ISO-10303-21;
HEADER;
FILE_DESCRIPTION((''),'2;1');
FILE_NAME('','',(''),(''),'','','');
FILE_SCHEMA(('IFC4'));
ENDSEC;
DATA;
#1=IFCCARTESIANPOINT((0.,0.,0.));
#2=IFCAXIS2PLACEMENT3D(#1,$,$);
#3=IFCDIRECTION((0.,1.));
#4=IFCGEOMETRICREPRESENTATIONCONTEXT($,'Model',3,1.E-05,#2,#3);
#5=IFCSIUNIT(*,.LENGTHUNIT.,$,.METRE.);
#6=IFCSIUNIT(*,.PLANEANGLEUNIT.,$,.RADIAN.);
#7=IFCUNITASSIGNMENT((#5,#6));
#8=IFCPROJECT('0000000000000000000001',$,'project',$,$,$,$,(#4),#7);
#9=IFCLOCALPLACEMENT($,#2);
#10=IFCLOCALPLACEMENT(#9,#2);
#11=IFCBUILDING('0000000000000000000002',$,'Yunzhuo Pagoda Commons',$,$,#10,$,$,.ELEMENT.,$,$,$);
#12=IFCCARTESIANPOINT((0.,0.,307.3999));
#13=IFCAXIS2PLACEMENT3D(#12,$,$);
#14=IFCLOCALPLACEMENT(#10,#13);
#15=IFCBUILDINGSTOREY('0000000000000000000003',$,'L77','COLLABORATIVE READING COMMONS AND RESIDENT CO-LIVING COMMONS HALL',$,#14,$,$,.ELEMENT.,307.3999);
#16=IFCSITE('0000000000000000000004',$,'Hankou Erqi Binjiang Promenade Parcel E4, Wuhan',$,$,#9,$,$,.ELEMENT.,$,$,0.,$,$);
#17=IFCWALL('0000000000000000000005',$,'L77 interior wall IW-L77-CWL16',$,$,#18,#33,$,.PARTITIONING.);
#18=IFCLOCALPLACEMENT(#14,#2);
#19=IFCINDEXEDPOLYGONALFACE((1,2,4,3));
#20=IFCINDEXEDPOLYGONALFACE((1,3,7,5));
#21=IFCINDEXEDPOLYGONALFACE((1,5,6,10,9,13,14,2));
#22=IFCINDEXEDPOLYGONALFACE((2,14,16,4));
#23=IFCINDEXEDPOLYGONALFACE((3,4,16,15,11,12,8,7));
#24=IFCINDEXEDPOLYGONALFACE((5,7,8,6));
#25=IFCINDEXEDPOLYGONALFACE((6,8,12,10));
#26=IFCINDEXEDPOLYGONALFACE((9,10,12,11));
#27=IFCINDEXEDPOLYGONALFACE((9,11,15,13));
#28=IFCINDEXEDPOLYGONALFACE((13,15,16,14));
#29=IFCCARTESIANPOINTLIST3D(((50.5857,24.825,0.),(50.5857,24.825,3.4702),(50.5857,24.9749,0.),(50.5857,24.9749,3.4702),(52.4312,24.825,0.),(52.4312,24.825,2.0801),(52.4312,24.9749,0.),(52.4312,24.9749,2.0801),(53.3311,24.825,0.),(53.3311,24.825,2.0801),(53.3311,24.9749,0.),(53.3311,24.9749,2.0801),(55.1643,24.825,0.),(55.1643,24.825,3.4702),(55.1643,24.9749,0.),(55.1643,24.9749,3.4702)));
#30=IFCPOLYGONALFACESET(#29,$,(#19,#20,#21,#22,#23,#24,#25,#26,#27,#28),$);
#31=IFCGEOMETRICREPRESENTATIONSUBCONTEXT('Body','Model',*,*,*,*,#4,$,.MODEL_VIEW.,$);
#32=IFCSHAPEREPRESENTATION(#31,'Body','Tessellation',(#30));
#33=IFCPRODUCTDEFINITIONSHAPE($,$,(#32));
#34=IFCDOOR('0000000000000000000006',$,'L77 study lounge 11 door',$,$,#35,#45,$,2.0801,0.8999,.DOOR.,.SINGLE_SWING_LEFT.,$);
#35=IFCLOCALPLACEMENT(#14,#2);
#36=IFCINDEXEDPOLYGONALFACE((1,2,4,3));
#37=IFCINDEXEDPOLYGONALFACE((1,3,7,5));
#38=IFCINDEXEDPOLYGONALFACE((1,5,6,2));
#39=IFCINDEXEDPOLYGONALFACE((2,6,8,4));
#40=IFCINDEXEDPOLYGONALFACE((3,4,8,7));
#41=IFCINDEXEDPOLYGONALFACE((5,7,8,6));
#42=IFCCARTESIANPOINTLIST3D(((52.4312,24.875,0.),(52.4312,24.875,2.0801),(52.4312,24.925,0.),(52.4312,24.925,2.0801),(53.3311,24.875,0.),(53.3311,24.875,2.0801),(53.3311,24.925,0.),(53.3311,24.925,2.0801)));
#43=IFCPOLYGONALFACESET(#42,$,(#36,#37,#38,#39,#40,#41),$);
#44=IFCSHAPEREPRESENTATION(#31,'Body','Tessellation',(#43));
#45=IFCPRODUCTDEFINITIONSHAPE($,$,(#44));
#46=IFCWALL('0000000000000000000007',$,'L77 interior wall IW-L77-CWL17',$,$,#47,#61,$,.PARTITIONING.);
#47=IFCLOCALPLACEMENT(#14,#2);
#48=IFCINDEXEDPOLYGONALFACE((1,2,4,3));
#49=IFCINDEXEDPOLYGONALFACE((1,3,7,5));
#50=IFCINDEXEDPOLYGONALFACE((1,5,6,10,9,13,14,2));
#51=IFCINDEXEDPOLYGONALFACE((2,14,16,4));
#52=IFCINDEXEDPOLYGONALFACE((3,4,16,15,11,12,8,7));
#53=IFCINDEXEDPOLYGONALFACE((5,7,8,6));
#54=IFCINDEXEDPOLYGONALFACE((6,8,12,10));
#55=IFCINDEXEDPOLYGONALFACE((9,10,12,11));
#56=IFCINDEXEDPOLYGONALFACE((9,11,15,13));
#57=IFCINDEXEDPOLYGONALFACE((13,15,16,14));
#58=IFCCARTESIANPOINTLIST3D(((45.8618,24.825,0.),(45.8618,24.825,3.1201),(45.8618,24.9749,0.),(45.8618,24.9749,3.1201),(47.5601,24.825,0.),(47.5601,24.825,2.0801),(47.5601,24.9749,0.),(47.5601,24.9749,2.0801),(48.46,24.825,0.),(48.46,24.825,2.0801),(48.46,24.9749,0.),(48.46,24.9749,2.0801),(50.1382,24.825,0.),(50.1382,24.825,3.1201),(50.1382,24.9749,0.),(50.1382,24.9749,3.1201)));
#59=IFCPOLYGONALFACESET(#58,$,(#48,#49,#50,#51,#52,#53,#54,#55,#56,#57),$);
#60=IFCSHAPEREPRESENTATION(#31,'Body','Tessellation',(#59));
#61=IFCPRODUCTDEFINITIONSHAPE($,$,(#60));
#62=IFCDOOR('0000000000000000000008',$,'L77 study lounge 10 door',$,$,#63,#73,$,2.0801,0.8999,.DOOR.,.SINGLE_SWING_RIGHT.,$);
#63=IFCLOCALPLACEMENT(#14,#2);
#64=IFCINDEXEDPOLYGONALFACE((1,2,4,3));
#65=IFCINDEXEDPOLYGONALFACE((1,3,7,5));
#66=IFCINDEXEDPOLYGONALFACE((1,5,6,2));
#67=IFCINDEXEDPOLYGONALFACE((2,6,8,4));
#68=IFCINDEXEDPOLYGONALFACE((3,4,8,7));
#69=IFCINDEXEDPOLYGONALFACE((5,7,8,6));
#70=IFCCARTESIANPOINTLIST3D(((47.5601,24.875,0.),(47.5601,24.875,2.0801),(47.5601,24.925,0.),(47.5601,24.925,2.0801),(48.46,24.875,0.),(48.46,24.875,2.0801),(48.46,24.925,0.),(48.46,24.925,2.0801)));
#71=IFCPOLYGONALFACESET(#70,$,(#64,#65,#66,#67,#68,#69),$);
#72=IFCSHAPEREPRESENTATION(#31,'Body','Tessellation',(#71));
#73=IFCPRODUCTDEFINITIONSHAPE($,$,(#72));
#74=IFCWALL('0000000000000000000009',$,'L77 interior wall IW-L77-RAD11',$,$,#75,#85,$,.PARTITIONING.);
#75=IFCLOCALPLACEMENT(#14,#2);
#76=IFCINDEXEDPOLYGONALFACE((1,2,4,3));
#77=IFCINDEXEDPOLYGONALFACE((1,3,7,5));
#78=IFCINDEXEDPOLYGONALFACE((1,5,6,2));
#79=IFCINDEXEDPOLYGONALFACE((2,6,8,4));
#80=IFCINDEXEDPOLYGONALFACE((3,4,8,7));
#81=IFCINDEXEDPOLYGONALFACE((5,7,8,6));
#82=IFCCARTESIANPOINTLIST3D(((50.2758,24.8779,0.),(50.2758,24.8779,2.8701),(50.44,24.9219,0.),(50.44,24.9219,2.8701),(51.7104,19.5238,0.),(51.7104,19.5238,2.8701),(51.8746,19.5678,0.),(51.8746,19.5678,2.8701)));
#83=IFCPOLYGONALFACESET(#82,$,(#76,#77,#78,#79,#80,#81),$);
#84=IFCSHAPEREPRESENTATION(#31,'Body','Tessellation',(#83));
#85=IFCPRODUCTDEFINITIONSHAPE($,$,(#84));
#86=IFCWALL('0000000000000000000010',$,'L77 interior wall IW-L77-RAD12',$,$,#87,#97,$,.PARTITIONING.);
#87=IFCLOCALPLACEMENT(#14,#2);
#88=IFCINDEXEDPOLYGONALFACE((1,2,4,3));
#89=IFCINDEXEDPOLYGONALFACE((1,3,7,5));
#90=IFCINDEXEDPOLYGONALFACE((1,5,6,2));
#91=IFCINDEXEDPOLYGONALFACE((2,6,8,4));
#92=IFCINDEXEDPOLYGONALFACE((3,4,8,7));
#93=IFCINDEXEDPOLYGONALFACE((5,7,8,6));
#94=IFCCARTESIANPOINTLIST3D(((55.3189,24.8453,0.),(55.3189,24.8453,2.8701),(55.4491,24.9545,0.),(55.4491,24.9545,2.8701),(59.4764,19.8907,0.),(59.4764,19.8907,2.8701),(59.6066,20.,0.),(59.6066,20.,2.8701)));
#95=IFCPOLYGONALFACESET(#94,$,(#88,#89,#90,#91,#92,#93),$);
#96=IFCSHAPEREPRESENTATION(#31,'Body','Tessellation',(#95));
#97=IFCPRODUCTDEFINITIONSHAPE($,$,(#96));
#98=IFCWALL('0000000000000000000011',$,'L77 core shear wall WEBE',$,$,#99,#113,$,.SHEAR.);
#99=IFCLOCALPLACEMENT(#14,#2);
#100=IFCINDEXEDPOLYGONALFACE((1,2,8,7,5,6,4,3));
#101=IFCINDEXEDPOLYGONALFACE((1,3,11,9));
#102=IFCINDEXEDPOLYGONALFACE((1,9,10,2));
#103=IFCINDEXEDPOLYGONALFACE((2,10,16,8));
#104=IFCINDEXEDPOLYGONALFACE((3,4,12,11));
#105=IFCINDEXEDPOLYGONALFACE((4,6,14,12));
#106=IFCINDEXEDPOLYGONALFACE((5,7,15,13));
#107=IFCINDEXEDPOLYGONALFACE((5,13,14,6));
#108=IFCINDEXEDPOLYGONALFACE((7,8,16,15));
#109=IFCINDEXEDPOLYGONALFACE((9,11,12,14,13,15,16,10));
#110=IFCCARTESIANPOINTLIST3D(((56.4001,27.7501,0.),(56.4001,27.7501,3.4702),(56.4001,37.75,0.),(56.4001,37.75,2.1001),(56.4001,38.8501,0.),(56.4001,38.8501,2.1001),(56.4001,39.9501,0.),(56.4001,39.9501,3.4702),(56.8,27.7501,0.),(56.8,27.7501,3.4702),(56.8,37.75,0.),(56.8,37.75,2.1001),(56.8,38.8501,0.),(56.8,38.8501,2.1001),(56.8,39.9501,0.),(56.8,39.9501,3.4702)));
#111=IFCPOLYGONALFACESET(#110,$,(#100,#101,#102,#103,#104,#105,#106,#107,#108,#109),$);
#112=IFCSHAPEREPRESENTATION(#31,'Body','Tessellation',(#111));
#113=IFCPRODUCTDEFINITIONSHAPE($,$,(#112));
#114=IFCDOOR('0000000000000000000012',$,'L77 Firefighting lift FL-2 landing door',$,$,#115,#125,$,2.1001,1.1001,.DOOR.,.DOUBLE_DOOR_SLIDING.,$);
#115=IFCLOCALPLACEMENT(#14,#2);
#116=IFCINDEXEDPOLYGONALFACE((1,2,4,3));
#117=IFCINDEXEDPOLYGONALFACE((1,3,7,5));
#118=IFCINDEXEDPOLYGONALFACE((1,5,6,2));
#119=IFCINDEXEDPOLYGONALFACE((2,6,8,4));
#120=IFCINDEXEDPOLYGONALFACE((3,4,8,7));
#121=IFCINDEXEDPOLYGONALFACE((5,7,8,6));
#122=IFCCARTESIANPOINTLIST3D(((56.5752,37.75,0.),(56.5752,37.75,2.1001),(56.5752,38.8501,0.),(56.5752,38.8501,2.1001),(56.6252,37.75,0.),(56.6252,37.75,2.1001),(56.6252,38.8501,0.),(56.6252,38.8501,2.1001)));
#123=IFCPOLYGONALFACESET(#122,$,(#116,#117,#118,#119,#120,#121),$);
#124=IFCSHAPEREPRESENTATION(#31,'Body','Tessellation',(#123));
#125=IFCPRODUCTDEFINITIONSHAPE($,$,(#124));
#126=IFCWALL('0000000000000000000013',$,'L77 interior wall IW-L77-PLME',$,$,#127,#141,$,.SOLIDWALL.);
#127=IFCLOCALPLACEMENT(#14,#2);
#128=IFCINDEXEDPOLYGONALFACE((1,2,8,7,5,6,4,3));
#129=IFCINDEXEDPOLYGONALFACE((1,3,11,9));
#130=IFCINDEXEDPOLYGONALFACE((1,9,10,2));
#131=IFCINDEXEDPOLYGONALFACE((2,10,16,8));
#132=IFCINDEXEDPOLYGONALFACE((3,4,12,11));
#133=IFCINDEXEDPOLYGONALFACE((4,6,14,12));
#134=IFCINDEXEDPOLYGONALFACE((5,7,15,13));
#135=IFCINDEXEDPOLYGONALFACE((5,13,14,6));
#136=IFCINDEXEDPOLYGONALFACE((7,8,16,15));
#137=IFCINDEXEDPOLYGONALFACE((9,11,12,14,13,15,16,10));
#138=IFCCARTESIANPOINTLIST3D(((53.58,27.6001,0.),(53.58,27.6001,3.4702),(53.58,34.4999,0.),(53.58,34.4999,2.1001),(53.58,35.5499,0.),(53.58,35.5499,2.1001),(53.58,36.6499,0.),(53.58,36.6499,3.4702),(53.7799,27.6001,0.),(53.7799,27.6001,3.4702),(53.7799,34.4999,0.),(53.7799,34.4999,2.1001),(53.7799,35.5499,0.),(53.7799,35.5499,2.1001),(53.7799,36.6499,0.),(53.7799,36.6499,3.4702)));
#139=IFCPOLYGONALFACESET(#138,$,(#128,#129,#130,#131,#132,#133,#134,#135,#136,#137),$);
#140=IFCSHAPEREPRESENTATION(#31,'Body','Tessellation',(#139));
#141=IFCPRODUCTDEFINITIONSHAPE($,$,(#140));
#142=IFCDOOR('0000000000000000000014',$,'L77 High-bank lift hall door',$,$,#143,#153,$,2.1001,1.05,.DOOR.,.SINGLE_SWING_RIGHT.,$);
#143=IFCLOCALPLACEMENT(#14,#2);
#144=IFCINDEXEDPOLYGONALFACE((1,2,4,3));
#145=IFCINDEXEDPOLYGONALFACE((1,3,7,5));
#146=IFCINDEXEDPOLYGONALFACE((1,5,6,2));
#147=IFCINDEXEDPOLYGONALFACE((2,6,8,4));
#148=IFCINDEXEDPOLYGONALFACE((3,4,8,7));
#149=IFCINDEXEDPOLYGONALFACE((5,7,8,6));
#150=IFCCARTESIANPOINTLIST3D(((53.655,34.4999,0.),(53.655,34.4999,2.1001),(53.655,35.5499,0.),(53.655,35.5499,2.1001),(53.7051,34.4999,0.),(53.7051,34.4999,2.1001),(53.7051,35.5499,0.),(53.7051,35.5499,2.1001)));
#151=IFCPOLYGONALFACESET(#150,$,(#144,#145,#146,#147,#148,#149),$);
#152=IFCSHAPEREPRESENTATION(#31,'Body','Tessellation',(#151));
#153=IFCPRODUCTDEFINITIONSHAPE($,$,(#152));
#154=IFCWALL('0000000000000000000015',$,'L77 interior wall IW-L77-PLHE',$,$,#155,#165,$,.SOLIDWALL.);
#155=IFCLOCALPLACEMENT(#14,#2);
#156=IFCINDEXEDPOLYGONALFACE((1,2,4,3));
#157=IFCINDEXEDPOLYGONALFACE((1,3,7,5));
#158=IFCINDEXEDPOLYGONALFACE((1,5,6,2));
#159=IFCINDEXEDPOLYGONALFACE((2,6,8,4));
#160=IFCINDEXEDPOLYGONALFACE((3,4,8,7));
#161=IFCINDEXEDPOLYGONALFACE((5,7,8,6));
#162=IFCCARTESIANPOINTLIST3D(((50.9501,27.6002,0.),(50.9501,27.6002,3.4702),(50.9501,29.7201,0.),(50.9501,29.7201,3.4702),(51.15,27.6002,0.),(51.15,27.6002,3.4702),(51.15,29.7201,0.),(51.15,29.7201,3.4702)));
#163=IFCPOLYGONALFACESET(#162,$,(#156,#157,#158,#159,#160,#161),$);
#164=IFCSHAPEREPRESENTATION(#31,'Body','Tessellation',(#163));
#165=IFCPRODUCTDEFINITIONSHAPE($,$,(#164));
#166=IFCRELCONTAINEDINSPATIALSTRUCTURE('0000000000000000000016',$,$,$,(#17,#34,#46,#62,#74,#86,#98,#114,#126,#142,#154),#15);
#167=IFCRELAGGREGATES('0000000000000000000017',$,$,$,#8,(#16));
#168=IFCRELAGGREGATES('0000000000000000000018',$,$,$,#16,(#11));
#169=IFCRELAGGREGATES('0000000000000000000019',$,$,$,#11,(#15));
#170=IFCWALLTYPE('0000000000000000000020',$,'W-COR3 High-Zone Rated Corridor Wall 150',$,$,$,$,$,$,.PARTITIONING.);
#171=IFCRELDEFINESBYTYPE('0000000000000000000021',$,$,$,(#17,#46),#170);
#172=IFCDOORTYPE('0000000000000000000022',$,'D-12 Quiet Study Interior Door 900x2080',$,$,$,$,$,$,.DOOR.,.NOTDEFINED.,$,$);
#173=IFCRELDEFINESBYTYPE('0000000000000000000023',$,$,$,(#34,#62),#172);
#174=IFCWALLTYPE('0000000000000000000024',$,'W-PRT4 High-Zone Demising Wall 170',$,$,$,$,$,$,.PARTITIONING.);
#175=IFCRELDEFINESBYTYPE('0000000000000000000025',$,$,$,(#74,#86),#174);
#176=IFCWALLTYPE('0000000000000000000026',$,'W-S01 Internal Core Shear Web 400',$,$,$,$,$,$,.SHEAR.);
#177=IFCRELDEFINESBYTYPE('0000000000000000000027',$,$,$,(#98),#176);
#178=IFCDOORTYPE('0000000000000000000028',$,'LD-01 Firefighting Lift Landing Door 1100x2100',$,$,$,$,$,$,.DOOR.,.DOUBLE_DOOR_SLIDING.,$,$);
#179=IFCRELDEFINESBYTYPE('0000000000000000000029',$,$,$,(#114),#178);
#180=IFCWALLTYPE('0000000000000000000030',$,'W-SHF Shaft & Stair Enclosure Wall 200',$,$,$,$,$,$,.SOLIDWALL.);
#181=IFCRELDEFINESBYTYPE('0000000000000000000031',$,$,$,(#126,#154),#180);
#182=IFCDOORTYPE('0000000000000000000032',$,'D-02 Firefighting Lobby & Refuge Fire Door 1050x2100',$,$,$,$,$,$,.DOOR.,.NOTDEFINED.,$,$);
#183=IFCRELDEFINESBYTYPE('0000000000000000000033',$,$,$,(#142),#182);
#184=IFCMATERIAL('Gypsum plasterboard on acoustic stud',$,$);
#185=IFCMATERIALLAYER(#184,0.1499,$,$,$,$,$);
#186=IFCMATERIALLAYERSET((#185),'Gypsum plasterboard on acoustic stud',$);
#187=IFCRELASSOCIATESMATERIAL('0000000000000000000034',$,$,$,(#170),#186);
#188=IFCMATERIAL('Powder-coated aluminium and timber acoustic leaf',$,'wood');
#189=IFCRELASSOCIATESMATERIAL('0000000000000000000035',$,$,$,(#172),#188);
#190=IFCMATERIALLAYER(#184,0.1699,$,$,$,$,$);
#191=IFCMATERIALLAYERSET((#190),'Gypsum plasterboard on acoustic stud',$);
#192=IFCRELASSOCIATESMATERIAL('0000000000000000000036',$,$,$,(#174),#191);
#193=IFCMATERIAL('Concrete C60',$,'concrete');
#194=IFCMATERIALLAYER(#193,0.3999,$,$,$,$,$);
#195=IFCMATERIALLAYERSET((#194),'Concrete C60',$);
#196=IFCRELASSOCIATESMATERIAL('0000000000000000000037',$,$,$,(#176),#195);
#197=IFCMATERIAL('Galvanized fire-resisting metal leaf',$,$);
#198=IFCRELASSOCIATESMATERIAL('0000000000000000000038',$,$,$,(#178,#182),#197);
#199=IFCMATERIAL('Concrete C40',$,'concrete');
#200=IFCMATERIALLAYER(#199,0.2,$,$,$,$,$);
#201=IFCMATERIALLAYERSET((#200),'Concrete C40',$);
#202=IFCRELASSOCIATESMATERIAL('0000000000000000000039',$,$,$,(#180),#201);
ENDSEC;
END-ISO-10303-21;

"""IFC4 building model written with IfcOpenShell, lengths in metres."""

from ifc_helpers import new_model, si_unit, direction, frame, frame_2d, origin, origin_with_axes, place, context, subcontext, project, spatial, rectangle, extrude, source, transform, mapped, material, layer, layer_set, type_object, element, fill, save


model = new_model("IFC4")

# Units and contexts
model_context = context("Model", 3, precision=1e-05, world=origin(), true_north=direction((0.0, 1.0)))
body_context = subcontext(model_context, "Body", "Model", "MODEL_VIEW")
ifc_project = project(units=[si_unit("LENGTHUNIT", "METRE"), si_unit("PLANEANGLEUNIT", "RADIAN")], contexts=[model_context])

# Site, building, storey
site_placement = place(None, origin())
site = spatial("IfcSite", under=ifc_project, at=site_placement, Name="Hankou Erqi Binjiang Promenade Parcel E4, Wuhan", CompositionType="ELEMENT", RefElevation=0.0)
building_placement = place(site_placement, origin())
building = spatial("IfcBuilding", under=site, at=building_placement, Name="Yunzhuo Pagoda Commons", CompositionType="ELEMENT")
storey_placement = place(building_placement, frame((0.0, 0.0, 307.3999)))
storey = spatial("IfcBuildingStorey", under=building, at=storey_placement, Name="L77", Description="COLLABORATIVE READING COMMONS AND RESIDENT CO-LIVING COMMONS HALL", CompositionType="ELEMENT", Elevation=307.3999)

# Walls, openings, doors
ifc_material_1 = material(Name="Gypsum plasterboard on acoustic stud")
ifc_layer_1 = layer(ifc_material_1, 0.1499)
ifc_layer_set_1 = layer_set([ifc_layer_1], Name="Gypsum plasterboard on acoustic stud")
wall_type_1 = type_object("IfcWallType", Name="W-COR3 High-Zone Rated Corridor Wall 150", PredefinedType="PARTITIONING", material=ifc_layer_set_1)
ifc_material_2 = material(Name="Galvanized fire-resisting metal leaf")
wall_1_placement = place(storey_placement, frame((55.1643, 24.8999, 0.0), z_axis=(0.0, 0.0, 1.0), x_axis=(-1.0, 0.0, 0.0)))
wall_1 = element("IfcWall", 1, at=wall_1_placement, inside=storey, type_object=wall_type_1, Name="L77 interior wall IW-L77-CWL16", PredefinedType="PARTITIONING", context=body_context, shape_type="SweptSolid", body=[
    extrude(rectangle(XDim=4.5786, YDim=0.1499, at=frame_2d((2.2893, 0.0))), origin(), (0.0, 0.0, 1.0), 3.4702),
])
opening_1_placement = place(wall_1_placement, frame((1.8333, 0.0, 0.0)))
opening_1 = element("IfcOpeningElement", 2, at=opening_1_placement, cuts=wall_1, PredefinedType="OPENING", context=body_context, shape_type="SweptSolid", body=[
    extrude(rectangle(XDim=0.8999, YDim=2.0801, at=frame_2d((0.45, 1.04))), frame((0.0, 0.085, 0.0), z_axis=(0.0, -1.0, 0.0), x_axis=(1.0, 0.0, 0.0)), (0.0, 0.0, 1.0), 0.1699),
])
ifc_material_3 = material(Name="Powder-coated aluminium and timber acoustic leaf", Category="wood")
door_type_1 = type_object("IfcDoorType", Name="D-12 Quiet Study Interior Door 900x2080", OperationType="NOTDEFINED", PredefinedType="DOOR", material=ifc_material_3)
shared_shape_1 = source(origin(), body_context, "Body", "SweptSolid", [
    extrude(rectangle(XDim=0.8999, YDim=2.0801, at=frame_2d((0.45, 1.04))), frame((0.0, 0.0249, 0.0), z_axis=(0.0, -1.0, 0.0), x_axis=(1.0, 0.0, 0.0)), (0.0, 0.0, 1.0), 0.05),
])
door_1_placement = place(opening_1_placement, origin_with_axes())
door_1 = element("IfcDoor", 3, at=door_1_placement, inside=storey, type_object=door_type_1, Name="L77 study lounge 11 door", OperationType="SINGLE_SWING_LEFT", OverallHeight=2.0801, OverallWidth=0.8999, PredefinedType="DOOR", context=body_context, shape_type="MappedRepresentation", body=[
    mapped(shared_shape_1, transform((0.0, 0.0, 0.0), scale=1.0)),
])
fill(opening_1, door_1)
wall_2_placement = place(storey_placement, frame((50.1382, 24.8999, 0.0), z_axis=(0.0, 0.0, 1.0), x_axis=(-1.0, 0.0, 0.0)))
wall_2 = element("IfcWall", 4, at=wall_2_placement, inside=storey, type_object=wall_type_1, Name="L77 interior wall IW-L77-CWL17", PredefinedType="PARTITIONING", context=body_context, shape_type="SweptSolid", body=[
    extrude(rectangle(XDim=4.2764, YDim=0.1499, at=frame_2d((2.1382, 0.0))), origin(), (0.0, 0.0, 1.0), 3.1201),
])
opening_2_placement = place(wall_2_placement, frame((1.6782, 0.0, 0.0)))
opening_2 = element("IfcOpeningElement", 5, at=opening_2_placement, cuts=wall_2, PredefinedType="OPENING", context=body_context, shape_type="SweptSolid", body=[
    extrude(rectangle(XDim=0.8999, YDim=2.0801, at=frame_2d((0.45, 1.04))), frame((0.0, 0.085, 0.0), z_axis=(0.0, -1.0, 0.0), x_axis=(1.0, 0.0, 0.0)), (0.0, 0.0, 1.0), 0.1699),
])
door_2_placement = place(opening_2_placement, origin_with_axes())
door_2 = element("IfcDoor", 6, at=door_2_placement, inside=storey, type_object=door_type_1, Name="L77 study lounge 10 door", OperationType="SINGLE_SWING_RIGHT", OverallHeight=2.0801, OverallWidth=0.8999, PredefinedType="DOOR", context=body_context, shape_type="MappedRepresentation", body=[
    mapped(shared_shape_1, transform((0.0, 0.0, 0.0), scale=1.0)),
])
fill(opening_2, door_2)

# Walls
ifc_layer_2 = layer(ifc_material_1, 0.1699)
ifc_layer_set_2 = layer_set([ifc_layer_2], Name="Gypsum plasterboard on acoustic stud")
wall_type_2 = type_object("IfcWallType", Name="W-PRT4 High-Zone Demising Wall 170", PredefinedType="PARTITIONING", material=ifc_layer_set_2)
wall_3_placement = place(storey_placement, frame((50.3579, 24.8999, 0.0), z_axis=(0.0, 0.0, 1.0), x_axis=(0.258814, -0.965927, 0.0)))
element("IfcWall", 7, at=wall_3_placement, inside=storey, type_object=wall_type_2, Name="L77 interior wall IW-L77-RAD11", PredefinedType="PARTITIONING", context=body_context, shape_type="SweptSolid", body=[
    extrude(rectangle(XDim=5.543, YDim=0.1699, at=frame_2d((2.7715, 0.0))), origin(), (0.0, 0.0, 1.0), 2.8701),
])
wall_4_placement = place(storey_placement, frame((55.384, 24.8999, 0.0), z_axis=(0.0, 0.0, 1.0), x_axis=(0.642795, -0.766039, 0.0)))
element("IfcWall", 8, at=wall_4_placement, inside=storey, type_object=wall_type_2, Name="L77 interior wall IW-L77-RAD12", PredefinedType="PARTITIONING", context=body_context, shape_type="SweptSolid", body=[
    extrude(rectangle(XDim=6.4678, YDim=0.1699, at=frame_2d((3.2339, 0.0))), origin(), (0.0, 0.0, 1.0), 2.8701),
])

# Walls, openings, doors
ifc_material_4 = material(Name="Concrete C60", Category="concrete")
ifc_layer_3 = layer(ifc_material_4, 0.3999)
ifc_layer_set_3 = layer_set([ifc_layer_3], Name="Concrete C60")
wall_type_3 = type_object("IfcWallType", Name="W-S01 Internal Core Shear Web 400", PredefinedType="SHEAR", material=ifc_layer_set_3)
wall_5_placement = place(storey_placement, frame((56.6001, 27.75, 0.0), z_axis=(0.0, 0.0, 1.0), x_axis=(0.0, 1.0, 0.0)))
wall_5 = element("IfcWall", 9, at=wall_5_placement, inside=storey, type_object=wall_type_3, Name="L77 core shear wall WEBE", PredefinedType="SHEAR", context=body_context, shape_type="SweptSolid", body=[
    extrude(rectangle(XDim=12.2, YDim=0.3999, at=frame_2d((6.1001, 0.0))), origin(), (0.0, 0.0, 1.0), 3.4702),
])
opening_3_placement = place(wall_5_placement, frame((10.0, 0.0, 0.0)))
opening_3 = element("IfcOpeningElement", 10, at=opening_3_placement, cuts=wall_5, PredefinedType="OPENING", context=body_context, shape_type="SweptSolid", body=[
    extrude(rectangle(XDim=1.1001, YDim=2.1001, at=frame_2d((0.55, 1.05))), frame((0.0, 0.21, 0.0), z_axis=(0.0, -1.0, 0.0), x_axis=(1.0, 0.0, 0.0)), (0.0, 0.0, 1.0), 0.4199),
])
door_type_2 = type_object("IfcDoorType", Name="LD-01 Firefighting Lift Landing Door 1100x2100", OperationType="DOUBLE_DOOR_SLIDING", PredefinedType="DOOR", material=ifc_material_2)
shared_shape_2 = source(origin(), body_context, "Body", "SweptSolid", [
    extrude(rectangle(XDim=1.1001, YDim=2.1001, at=frame_2d((0.55, 1.05))), frame((0.0, 0.0249, 0.0), z_axis=(0.0, -1.0, 0.0), x_axis=(1.0, 0.0, 0.0)), (0.0, 0.0, 1.0), 0.05),
])
door_3_placement = place(opening_3_placement, origin_with_axes())
door_3 = element("IfcDoor", 11, at=door_3_placement, inside=storey, type_object=door_type_2, Name="L77 Firefighting lift FL-2 landing door", OperationType="DOUBLE_DOOR_SLIDING", OverallHeight=2.1001, OverallWidth=1.1001, PredefinedType="DOOR", context=body_context, shape_type="MappedRepresentation", body=[
    mapped(shared_shape_2, transform((0.0, 0.0, 0.0), scale=1.0)),
])
fill(opening_3, door_3)
ifc_material_5 = material(Name="Concrete C40", Category="concrete")
ifc_layer_4 = layer(ifc_material_5, 0.2)
ifc_layer_set_4 = layer_set([ifc_layer_4], Name="Concrete C40")
wall_type_4 = type_object("IfcWallType", Name="W-SHF Shaft & Stair Enclosure Wall 200", PredefinedType="SOLIDWALL", material=ifc_layer_set_4)
wall_6_placement = place(storey_placement, frame((53.6799, 27.6001, 0.0), z_axis=(0.0, 0.0, 1.0), x_axis=(0.0, 1.0, 0.0)))
wall_6 = element("IfcWall", 12, at=wall_6_placement, inside=storey, type_object=wall_type_4, Name="L77 interior wall IW-L77-PLME", PredefinedType="SOLIDWALL", context=body_context, shape_type="SweptSolid", body=[
    extrude(rectangle(XDim=9.0498, YDim=0.2, at=frame_2d((4.5249, 0.0))), origin(), (0.0, 0.0, 1.0), 3.4702),
])
opening_4_placement = place(wall_6_placement, frame((6.8999, 0.0, 0.0)))
opening_4 = element("IfcOpeningElement", 13, at=opening_4_placement, cuts=wall_6, PredefinedType="OPENING", context=body_context, shape_type="SweptSolid", body=[
    extrude(rectangle(XDim=1.05, YDim=2.1001, at=frame_2d((0.5249, 1.05))), frame((0.0, 0.1099, 0.0), z_axis=(0.0, -1.0, 0.0), x_axis=(1.0, 0.0, 0.0)), (0.0, 0.0, 1.0), 0.22),
])
door_type_3 = type_object("IfcDoorType", Name="D-02 Firefighting Lobby & Refuge Fire Door 1050x2100", OperationType="NOTDEFINED", PredefinedType="DOOR", material=ifc_material_2)
shared_shape_3 = source(origin(), body_context, "Body", "SweptSolid", [
    extrude(rectangle(XDim=1.05, YDim=2.1001, at=frame_2d((0.5249, 1.05))), frame((0.0, 0.0249, 0.0), z_axis=(0.0, -1.0, 0.0), x_axis=(1.0, 0.0, 0.0)), (0.0, 0.0, 1.0), 0.05),
])
door_4_placement = place(opening_4_placement, origin_with_axes())
door_4 = element("IfcDoor", 14, at=door_4_placement, inside=storey, type_object=door_type_3, Name="L77 High-bank lift hall door", OperationType="SINGLE_SWING_RIGHT", OverallHeight=2.1001, OverallWidth=1.05, PredefinedType="DOOR", context=body_context, shape_type="MappedRepresentation", body=[
    mapped(shared_shape_3, transform((0.0, 0.0, 0.0), scale=1.0)),
])
fill(opening_4, door_4)

# Wall
for number, where, z_axis, x_axis, name in (
    (15, (51.05, 27.6001, 0.0), (0.0, 0.0, 1.0), (0.0, 1.0, 0.0), "L77 interior wall IW-L77-PLHE"),
):
    element("IfcWall", number, at=place(storey_placement, frame(where, z_axis=z_axis, x_axis=x_axis)), inside=storey, type_object=wall_type_4, Name=name, PredefinedType="SOLIDWALL", context=body_context, shape_type="SweptSolid", body=[
        extrude(rectangle(XDim=2.1199, YDim=0.2, at=frame_2d((1.0601, 0.0))), origin(), (0.0, 0.0, 1.0), 3.4702),
    ])

save(model, "model.ifc")
